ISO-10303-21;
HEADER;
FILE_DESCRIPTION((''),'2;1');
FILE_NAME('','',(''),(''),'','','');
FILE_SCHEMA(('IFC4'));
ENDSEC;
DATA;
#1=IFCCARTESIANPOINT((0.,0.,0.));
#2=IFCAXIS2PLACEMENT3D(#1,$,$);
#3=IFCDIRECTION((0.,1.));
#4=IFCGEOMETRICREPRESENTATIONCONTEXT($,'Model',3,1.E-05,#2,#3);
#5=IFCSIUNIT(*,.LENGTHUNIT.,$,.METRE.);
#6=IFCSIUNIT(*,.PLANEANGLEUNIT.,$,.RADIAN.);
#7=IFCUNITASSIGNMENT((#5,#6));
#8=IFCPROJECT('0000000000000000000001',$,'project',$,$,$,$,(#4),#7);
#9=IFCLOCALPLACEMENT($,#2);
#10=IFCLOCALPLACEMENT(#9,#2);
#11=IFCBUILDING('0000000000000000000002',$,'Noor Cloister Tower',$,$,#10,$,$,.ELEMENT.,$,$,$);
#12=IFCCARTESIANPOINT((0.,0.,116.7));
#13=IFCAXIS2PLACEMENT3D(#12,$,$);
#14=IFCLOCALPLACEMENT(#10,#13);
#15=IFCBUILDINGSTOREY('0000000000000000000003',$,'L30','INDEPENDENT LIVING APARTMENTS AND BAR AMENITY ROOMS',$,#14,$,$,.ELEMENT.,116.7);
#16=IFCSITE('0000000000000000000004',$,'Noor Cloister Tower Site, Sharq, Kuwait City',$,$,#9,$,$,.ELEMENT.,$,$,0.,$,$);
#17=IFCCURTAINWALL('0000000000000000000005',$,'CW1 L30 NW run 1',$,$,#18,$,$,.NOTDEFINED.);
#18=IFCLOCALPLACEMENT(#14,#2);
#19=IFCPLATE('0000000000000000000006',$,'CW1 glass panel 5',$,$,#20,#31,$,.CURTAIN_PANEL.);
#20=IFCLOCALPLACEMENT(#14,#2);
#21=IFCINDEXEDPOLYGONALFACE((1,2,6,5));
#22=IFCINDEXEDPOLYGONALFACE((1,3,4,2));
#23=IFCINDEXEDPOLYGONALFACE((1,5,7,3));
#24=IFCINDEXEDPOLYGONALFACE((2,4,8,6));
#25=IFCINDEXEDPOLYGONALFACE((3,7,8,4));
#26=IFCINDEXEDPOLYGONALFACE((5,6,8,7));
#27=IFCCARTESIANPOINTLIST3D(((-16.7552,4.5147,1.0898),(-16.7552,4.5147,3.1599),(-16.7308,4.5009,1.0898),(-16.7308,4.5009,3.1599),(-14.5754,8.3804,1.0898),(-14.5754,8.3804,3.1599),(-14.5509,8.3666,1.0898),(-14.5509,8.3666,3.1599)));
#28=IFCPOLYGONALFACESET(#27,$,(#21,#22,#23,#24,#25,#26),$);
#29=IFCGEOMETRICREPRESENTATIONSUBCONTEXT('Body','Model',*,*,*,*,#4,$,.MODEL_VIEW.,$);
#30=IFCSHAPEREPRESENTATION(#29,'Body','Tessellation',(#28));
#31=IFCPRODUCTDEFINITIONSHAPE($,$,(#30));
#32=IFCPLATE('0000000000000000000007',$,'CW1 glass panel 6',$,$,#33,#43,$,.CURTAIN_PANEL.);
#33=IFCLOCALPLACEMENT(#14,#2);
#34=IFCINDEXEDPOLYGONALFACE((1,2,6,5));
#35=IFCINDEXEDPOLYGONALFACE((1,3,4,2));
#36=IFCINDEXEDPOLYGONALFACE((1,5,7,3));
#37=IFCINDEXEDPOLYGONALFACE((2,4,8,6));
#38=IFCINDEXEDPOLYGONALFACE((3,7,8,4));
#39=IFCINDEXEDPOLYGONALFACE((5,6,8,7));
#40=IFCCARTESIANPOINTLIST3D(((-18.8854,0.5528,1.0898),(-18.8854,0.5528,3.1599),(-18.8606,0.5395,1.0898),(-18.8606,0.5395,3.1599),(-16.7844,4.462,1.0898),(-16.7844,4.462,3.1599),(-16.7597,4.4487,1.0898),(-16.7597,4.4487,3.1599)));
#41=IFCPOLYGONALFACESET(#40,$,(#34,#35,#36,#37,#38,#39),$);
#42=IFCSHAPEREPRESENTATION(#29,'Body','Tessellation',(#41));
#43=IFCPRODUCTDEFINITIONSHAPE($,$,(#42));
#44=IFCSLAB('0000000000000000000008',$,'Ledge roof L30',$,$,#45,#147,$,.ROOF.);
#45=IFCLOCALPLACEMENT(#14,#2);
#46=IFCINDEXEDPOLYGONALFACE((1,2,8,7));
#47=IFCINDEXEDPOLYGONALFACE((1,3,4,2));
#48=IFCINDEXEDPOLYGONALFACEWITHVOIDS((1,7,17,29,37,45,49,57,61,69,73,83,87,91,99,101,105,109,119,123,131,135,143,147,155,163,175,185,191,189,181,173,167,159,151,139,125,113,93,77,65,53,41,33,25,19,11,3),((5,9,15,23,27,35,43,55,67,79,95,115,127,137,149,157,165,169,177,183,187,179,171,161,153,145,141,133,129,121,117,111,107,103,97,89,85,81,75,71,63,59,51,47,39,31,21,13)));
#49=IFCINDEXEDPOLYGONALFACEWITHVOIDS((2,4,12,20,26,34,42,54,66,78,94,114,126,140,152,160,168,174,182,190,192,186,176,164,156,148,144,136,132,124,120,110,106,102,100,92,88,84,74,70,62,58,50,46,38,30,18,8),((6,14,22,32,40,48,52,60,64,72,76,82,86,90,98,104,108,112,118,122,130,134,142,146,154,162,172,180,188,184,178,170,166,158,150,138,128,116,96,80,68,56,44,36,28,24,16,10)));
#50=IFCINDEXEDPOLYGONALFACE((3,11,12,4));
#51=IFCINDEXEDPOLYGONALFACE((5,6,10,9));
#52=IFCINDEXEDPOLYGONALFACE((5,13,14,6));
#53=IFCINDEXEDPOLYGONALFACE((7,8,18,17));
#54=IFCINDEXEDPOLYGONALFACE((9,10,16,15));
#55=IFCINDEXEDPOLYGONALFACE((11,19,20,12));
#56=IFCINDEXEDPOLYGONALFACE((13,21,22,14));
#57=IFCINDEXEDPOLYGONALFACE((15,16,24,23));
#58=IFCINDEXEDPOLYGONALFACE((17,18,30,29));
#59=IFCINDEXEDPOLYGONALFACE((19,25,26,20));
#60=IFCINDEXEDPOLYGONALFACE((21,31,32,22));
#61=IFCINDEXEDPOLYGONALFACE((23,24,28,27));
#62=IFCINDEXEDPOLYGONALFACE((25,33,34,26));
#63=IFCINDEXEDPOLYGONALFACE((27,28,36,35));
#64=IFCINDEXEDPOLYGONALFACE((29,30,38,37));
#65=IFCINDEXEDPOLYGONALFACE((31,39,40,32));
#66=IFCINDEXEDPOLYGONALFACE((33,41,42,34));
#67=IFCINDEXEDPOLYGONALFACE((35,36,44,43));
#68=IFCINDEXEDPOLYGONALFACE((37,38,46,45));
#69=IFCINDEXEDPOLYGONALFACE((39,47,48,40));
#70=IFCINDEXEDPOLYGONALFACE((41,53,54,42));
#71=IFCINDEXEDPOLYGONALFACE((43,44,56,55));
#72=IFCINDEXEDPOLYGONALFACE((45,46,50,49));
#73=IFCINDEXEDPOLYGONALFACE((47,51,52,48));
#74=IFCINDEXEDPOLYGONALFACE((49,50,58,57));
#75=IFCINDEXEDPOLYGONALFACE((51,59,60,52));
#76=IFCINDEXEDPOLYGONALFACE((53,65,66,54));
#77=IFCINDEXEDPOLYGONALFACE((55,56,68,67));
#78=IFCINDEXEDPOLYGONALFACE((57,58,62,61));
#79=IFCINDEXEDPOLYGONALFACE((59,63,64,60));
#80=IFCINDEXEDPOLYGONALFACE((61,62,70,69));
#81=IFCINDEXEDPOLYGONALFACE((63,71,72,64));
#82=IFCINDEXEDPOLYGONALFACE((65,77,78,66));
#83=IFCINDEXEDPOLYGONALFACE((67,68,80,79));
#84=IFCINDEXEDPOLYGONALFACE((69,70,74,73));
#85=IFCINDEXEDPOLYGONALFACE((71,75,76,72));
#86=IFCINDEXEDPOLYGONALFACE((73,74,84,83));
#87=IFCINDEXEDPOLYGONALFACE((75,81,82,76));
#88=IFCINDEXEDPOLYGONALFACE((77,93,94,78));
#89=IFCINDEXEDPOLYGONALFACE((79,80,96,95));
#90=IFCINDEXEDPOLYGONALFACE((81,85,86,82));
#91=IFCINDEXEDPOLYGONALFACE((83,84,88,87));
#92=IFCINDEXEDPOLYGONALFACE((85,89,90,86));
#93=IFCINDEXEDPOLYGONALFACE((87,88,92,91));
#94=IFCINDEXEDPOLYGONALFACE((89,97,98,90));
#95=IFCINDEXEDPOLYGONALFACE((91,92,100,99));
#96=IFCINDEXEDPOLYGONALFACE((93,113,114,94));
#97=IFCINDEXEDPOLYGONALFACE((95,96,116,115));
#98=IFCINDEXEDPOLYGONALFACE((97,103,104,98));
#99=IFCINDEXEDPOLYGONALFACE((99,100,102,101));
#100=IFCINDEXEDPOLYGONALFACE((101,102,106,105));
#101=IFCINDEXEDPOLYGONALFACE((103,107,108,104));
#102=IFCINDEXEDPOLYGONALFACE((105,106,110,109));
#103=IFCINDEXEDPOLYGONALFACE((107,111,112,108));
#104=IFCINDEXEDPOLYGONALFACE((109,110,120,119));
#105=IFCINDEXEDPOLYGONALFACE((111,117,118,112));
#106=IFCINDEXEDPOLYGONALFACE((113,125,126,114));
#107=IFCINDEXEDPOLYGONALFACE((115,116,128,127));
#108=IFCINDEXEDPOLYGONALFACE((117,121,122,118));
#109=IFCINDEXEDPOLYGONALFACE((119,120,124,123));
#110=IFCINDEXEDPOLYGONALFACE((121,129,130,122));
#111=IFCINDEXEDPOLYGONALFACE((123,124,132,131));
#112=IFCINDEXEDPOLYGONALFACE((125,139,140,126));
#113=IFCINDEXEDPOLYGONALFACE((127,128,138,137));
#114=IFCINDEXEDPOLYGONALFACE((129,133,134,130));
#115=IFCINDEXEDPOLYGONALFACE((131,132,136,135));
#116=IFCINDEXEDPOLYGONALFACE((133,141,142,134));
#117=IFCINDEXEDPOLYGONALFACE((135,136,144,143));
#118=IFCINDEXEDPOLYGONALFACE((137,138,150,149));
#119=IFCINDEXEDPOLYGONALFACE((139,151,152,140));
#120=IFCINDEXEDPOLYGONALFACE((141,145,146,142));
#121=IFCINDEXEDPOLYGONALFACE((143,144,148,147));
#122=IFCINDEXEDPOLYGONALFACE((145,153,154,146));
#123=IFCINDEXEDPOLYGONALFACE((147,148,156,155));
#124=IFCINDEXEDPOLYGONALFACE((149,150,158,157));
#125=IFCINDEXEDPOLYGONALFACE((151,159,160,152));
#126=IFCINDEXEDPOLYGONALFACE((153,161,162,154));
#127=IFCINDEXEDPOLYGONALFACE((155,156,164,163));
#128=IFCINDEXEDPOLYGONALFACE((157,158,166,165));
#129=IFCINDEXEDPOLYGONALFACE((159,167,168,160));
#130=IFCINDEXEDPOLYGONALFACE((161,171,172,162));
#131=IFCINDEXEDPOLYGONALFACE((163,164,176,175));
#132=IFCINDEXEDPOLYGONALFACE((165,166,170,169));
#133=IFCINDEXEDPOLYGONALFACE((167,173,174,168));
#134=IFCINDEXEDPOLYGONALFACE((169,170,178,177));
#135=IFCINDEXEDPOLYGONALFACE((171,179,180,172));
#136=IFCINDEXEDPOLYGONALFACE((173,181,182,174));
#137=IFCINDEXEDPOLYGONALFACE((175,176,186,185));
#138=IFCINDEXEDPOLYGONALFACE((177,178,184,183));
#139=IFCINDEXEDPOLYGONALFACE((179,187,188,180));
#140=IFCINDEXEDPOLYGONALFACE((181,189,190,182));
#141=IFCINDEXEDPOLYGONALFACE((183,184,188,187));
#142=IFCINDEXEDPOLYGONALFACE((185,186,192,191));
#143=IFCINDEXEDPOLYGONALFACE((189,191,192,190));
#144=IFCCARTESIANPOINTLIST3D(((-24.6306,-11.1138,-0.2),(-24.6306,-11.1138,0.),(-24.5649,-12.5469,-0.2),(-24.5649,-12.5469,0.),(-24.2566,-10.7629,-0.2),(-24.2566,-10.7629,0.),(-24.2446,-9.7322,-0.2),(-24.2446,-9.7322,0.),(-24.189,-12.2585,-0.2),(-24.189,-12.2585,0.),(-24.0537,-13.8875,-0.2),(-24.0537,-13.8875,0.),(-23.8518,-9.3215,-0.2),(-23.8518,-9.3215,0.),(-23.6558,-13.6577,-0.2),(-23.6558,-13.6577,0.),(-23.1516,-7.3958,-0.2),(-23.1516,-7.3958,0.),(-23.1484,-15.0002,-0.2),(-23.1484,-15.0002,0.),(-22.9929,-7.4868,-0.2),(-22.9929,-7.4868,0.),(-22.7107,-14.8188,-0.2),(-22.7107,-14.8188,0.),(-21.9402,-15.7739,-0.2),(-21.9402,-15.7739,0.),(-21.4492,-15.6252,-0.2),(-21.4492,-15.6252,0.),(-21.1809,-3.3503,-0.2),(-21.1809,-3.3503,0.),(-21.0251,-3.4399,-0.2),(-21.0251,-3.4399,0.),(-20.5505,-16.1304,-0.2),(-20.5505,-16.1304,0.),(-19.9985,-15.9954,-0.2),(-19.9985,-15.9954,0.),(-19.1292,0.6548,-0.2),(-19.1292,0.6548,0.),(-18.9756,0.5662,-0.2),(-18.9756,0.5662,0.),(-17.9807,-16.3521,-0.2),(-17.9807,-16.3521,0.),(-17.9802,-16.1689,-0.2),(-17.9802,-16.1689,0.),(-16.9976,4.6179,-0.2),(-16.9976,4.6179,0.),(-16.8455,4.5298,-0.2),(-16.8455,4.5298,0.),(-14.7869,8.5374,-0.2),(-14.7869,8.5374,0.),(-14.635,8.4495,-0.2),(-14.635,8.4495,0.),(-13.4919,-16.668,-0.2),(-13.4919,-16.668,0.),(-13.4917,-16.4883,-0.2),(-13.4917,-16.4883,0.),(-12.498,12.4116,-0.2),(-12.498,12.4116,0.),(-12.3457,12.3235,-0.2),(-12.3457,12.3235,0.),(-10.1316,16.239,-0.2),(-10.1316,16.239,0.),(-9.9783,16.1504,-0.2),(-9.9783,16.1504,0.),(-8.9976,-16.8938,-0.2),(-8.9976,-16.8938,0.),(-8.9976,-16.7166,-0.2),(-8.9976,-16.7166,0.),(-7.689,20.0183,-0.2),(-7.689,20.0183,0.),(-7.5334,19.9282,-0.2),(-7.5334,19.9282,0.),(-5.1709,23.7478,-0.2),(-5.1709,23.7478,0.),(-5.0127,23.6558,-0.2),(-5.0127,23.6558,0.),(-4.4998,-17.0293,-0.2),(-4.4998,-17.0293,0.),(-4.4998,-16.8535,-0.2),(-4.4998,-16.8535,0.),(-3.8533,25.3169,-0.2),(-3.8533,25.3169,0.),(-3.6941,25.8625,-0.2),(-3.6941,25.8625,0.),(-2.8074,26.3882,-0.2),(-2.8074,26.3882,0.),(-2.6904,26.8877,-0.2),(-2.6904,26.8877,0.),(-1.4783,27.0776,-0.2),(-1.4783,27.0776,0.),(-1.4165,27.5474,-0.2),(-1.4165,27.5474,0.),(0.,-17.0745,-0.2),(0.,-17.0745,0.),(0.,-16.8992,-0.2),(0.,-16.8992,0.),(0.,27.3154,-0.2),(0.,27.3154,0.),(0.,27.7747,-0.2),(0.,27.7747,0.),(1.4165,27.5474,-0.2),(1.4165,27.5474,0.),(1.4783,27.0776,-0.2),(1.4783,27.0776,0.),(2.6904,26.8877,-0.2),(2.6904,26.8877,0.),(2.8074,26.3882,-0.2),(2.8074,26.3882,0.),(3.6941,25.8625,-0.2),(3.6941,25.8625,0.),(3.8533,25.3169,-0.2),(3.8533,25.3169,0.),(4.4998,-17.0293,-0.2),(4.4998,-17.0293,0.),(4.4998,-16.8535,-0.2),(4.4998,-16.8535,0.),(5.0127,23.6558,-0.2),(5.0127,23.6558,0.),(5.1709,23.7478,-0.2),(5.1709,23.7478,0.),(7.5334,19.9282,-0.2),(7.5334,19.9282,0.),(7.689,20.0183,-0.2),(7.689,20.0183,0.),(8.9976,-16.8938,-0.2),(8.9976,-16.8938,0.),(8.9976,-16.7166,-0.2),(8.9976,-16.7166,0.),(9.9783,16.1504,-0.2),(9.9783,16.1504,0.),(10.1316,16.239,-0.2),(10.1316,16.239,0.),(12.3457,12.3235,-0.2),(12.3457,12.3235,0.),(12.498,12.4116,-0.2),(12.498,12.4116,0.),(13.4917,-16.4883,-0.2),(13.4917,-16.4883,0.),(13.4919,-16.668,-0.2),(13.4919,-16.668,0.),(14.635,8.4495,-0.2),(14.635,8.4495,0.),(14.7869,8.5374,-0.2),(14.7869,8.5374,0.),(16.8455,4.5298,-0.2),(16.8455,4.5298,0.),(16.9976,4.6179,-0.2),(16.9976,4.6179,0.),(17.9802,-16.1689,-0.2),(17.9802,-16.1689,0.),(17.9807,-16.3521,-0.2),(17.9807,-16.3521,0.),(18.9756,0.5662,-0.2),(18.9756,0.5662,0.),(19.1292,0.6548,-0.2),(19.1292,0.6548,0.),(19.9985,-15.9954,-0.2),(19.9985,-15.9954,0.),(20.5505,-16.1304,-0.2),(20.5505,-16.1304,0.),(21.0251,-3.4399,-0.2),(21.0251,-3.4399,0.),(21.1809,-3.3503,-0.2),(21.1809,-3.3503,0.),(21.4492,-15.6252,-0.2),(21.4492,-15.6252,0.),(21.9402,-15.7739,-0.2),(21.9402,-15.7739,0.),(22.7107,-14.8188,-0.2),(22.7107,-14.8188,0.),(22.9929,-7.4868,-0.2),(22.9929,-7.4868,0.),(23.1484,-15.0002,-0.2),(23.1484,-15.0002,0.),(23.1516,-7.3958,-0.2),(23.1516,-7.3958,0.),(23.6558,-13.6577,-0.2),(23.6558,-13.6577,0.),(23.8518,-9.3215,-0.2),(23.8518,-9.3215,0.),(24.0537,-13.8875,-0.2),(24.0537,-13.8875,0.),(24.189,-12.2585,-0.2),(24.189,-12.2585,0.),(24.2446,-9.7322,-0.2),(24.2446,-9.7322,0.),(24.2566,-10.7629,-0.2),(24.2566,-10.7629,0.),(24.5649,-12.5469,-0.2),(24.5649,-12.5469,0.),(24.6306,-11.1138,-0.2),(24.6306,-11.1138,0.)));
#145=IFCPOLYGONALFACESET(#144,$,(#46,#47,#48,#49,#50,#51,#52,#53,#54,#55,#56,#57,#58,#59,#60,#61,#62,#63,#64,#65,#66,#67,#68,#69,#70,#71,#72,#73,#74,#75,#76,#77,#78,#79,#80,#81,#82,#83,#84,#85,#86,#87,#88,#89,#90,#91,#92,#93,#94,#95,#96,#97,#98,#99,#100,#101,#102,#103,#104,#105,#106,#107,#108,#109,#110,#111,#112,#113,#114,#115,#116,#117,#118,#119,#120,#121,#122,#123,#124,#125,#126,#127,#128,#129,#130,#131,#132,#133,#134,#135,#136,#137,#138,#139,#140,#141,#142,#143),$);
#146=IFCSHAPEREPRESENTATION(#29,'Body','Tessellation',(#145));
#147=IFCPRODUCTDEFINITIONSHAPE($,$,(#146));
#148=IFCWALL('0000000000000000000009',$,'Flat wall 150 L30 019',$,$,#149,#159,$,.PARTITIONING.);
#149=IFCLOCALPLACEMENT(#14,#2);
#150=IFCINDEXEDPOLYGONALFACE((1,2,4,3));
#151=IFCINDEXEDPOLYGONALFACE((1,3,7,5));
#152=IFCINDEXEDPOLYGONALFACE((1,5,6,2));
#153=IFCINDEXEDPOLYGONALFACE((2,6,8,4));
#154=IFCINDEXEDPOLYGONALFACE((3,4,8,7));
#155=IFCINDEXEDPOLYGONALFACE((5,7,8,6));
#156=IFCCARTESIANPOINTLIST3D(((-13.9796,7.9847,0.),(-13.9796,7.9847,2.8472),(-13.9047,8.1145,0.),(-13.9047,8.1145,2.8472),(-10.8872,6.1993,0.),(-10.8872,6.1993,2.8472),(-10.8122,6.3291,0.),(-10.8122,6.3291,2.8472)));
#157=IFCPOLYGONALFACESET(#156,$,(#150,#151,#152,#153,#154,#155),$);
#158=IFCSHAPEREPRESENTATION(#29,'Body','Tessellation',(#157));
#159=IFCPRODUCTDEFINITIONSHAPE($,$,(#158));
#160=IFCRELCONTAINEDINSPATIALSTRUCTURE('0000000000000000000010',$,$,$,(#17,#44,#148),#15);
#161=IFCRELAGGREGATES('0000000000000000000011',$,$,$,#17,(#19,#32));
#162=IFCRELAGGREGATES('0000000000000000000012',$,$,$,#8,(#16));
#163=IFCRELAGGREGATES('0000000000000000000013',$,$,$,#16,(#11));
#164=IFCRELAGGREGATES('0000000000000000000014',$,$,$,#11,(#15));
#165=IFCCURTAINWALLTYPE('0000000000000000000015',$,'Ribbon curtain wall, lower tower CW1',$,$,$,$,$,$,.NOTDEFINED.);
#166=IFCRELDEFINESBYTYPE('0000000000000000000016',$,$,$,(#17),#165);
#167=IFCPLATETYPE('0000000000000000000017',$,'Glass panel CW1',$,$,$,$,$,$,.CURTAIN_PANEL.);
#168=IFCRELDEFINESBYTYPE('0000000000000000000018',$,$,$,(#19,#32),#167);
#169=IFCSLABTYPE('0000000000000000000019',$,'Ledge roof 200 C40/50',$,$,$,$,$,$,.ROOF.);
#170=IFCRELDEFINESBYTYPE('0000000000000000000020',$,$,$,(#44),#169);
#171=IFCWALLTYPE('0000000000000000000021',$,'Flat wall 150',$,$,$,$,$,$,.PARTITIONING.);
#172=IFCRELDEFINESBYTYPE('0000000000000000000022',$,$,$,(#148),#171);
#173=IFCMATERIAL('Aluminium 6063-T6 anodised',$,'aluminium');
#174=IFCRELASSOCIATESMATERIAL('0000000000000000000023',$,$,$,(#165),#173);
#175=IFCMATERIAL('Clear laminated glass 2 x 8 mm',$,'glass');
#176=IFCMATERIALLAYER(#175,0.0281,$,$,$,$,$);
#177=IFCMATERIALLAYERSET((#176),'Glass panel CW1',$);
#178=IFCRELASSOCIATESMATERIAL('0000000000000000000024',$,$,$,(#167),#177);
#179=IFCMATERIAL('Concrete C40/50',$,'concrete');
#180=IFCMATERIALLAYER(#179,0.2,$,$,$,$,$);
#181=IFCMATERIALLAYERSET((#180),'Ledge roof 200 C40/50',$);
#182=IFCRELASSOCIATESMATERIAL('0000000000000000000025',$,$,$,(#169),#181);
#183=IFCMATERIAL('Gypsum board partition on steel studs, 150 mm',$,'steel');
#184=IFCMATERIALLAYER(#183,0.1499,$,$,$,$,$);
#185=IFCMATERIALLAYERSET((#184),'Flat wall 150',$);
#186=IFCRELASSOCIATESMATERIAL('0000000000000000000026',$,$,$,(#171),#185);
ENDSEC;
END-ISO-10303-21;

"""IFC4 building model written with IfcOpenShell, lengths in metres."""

from ifc_helpers import new_model, si_unit, direction, frame, frame_2d, origin, origin_2d, place, context, subcontext, project, spatial, polyline, rectangle, outline, extrude, material, layer, layer_set, type_object, element, aggregate, save


model = new_model("IFC4")

# Units and contexts
model_context = context("Model", 3, precision=1e-05, world=origin(), true_north=direction((0.0, 1.0)))
body_context = subcontext(model_context, "Body", "Model", "MODEL_VIEW")
ifc_project = project(units=[si_unit("LENGTHUNIT", "METRE"), si_unit("PLANEANGLEUNIT", "RADIAN")], contexts=[model_context])

# Site, building, storey
site_placement = place(None, origin())
site = spatial("IfcSite", under=ifc_project, at=site_placement, Name="Noor Cloister Tower Site, Sharq, Kuwait City", CompositionType="ELEMENT", RefElevation=0.0)
building_placement = place(site_placement, origin())
building = spatial("IfcBuilding", under=site, at=building_placement, Name="Noor Cloister Tower", CompositionType="ELEMENT")
storey_placement = place(building_placement, frame((0.0, 0.0, 116.7)))
storey = spatial("IfcBuildingStorey", under=building, at=storey_placement, Name="L30", Description="INDEPENDENT LIVING APARTMENTS AND BAR AMENITY ROOMS", CompositionType="ELEMENT", Elevation=116.7)

# Curtain wall
ifc_material_1 = material(Name="Aluminium 6063-T6 anodised", Category="aluminium")
curtain_wall_type = type_object("IfcCurtainWallType", Name="Ribbon curtain wall, lower tower CW1", PredefinedType="NOTDEFINED", material=ifc_material_1)
curtain_wall_1_placement = place(storey_placement, origin())
curtain_wall_1 = element("IfcCurtainWall", 1, at=curtain_wall_1_placement, inside=storey, type_object=curtain_wall_type, Name="CW1 L30 NW run 1", PredefinedType="NOTDEFINED")

# Plates
ifc_material_2 = material(Name="Clear laminated glass 2 x 8 mm", Category="glass")
ifc_layer_1 = layer(ifc_material_2, 0.0281)
ifc_layer_set_1 = layer_set([ifc_layer_1], Name="Glass panel CW1")
plate_type = type_object("IfcPlateType", Name="Glass panel CW1", PredefinedType="CURTAIN_PANEL", material=ifc_layer_set_1)
plate_1_placement = place(storey_placement, frame((-15.6531, 6.4407, 1.0898), z_axis=(0.0, 0.0, 1.0), x_axis=(-0.491187, -0.871054, 0.0)))
plate_1 = element("IfcPlate", 2, at=plate_1_placement, type_object=plate_type, Name="CW1 glass panel 5", PredefinedType="CURTAIN_PANEL", context=body_context, shape_type="SweptSolid", body=[
    extrude(rectangle(XDim=4.438, YDim=0.0281, at=origin_2d()), origin(), (0.0, 0.0, 1.0), 2.0701),
])
plate_2_placement = place(storey_placement, frame((-17.8225, 2.5007, 1.0898), z_axis=(0.0, 0.0, 1.0), x_axis=(-0.473409, -0.880843, 0.0)))
plate_2 = element("IfcPlate", 3, at=plate_2_placement, type_object=plate_type, Name="CW1 glass panel 6", PredefinedType="CURTAIN_PANEL", context=body_context, shape_type="SweptSolid", body=[
    extrude(rectangle(XDim=4.438, YDim=0.0281, at=origin_2d()), origin(), (0.0, 0.0, 1.0), 2.0701),
])
aggregate(curtain_wall_1, [plate_1, plate_2])

# Slab
ifc_material_3 = material(Name="Concrete C40/50", Category="concrete")
ifc_layer_2 = layer(ifc_material_3, 0.2)
ifc_layer_set_2 = layer_set([ifc_layer_2], Name="Ledge roof 200 C40/50")
slab_type = type_object("IfcSlabType", Name="Ledge roof 200 C40/50", PredefinedType="ROOF", material=ifc_layer_set_2)
slab_placement = place(storey_placement, frame((0.0, 0.0, -0.2)))
element("IfcSlab", 4, at=slab_placement, inside=storey, type_object=slab_type, Name="Ledge roof L30", PredefinedType="ROOF", context=body_context, shape_type="SweptSolid", body=[
    extrude(outline(polyline([(5.1709, 23.7478), (3.6941, 25.8625), (2.6904, 26.8877), (1.4165, 27.5474), (0.0, 27.7747), (-1.4165, 27.5474), (-2.6904, 26.8877), (-3.6941, 25.8625), (-5.1709, 23.7478), (-7.689, 20.0183), (-10.1316, 16.239), (-12.498, 12.4116), (-14.7869, 8.5374), (-16.9976, 4.6179), (-19.1292, 0.6548), (-21.1809, -3.3503), (-23.1516, -7.3958), (-24.2446, -9.7322), (-24.6306, -11.1138), (-24.5649, -12.5469), (-24.0537, -13.8875), (-23.1484, -15.0002), (-21.9402, -15.7739), (-20.5505, -16.1304), (-17.9807, -16.3521), (-13.4919, -16.668), (-8.9976, -16.8938), (-4.4998, -17.0293), (0.0, -17.0745), (4.4998, -17.0293), (8.9976, -16.8938), (13.4919, -16.668), (17.9807, -16.3521), (20.5505, -16.1304), (21.9402, -15.7739), (23.1484, -15.0002), (24.0537, -13.8875), (24.5649, -12.5469), (24.6306, -11.1138), (24.2446, -9.7322), (23.1516, -7.3958), (21.1809, -3.3503), (19.1292, 0.6548), (16.9976, 4.6179), (14.7869, 8.5374), (12.498, 12.4116), (10.1316, 16.239), (7.689, 20.0183), (5.1709, 23.7478)]), holes=[polyline([(1.4783, 27.0776), (0.0, 27.3154), (-1.4783, 27.0776), (-2.8074, 26.3882), (-3.8533, 25.3169), (-5.0127, 23.6558), (-7.5334, 19.9282), (-9.9783, 16.1504), (-12.3457, 12.3235), (-14.635, 8.4495), (-16.8455, 4.5298), (-18.9756, 0.5662), (-21.0251, -3.4399), (-22.9929, -7.4868), (-23.8518, -9.3215), (-24.2566, -10.7629), (-24.189, -12.2585), (-23.6558, -13.6577), (-22.7107, -14.8188), (-21.4492, -15.6252), (-19.9985, -15.9954), (-17.9802, -16.1689), (-13.4917, -16.4883), (-8.9976, -16.7166), (-4.4998, -16.8535), (0.0, -16.8992), (4.4998, -16.8535), (8.9976, -16.7166), (13.4917, -16.4883), (17.9802, -16.1689), (19.9985, -15.9954), (21.4492, -15.6252), (22.7107, -14.8188), (23.6558, -13.6577), (24.189, -12.2585), (24.2566, -10.7629), (23.8518, -9.3215), (22.9929, -7.4868), (21.0251, -3.4399), (18.9756, 0.5662), (16.8455, 4.5298), (14.635, 8.4495), (12.3457, 12.3235), (9.9783, 16.1504), (7.5334, 19.9282), (5.0127, 23.6558), (3.8533, 25.3169), (2.8074, 26.3882), (1.4783, 27.0776)])]), origin(), (0.0, 0.0, 1.0), 0.2),
])

# Wall
ifc_material_4 = material(Name="Gypsum board partition on steel studs, 150 mm", Category="steel")
ifc_layer_3 = layer(ifc_material_4, 0.1499)
ifc_layer_set_3 = layer_set([ifc_layer_3], Name="Flat wall 150")
wall_type_1 = type_object("IfcWallType", Name="Flat wall 150", PredefinedType="PARTITIONING", material=ifc_layer_set_3)
wall_1_placement = place(storey_placement, frame((-13.9421, 8.0496, 0.0), z_axis=(0.0, 0.0, 1.0), x_axis=(0.866034, -0.499985, 0.0)))
element("IfcWall", 5, at=wall_1_placement, inside=storey, type_object=wall_type_1, Name="Flat wall 150 L30 019", PredefinedType="PARTITIONING", context=body_context, shape_type="SweptSolid", body=[
    extrude(rectangle(XDim=3.5708, YDim=0.1499, at=frame_2d((1.7854, 0.0))), origin(), (0.0, 0.0, 1.0), 2.8472),
])

save(model, "model.ifc")
